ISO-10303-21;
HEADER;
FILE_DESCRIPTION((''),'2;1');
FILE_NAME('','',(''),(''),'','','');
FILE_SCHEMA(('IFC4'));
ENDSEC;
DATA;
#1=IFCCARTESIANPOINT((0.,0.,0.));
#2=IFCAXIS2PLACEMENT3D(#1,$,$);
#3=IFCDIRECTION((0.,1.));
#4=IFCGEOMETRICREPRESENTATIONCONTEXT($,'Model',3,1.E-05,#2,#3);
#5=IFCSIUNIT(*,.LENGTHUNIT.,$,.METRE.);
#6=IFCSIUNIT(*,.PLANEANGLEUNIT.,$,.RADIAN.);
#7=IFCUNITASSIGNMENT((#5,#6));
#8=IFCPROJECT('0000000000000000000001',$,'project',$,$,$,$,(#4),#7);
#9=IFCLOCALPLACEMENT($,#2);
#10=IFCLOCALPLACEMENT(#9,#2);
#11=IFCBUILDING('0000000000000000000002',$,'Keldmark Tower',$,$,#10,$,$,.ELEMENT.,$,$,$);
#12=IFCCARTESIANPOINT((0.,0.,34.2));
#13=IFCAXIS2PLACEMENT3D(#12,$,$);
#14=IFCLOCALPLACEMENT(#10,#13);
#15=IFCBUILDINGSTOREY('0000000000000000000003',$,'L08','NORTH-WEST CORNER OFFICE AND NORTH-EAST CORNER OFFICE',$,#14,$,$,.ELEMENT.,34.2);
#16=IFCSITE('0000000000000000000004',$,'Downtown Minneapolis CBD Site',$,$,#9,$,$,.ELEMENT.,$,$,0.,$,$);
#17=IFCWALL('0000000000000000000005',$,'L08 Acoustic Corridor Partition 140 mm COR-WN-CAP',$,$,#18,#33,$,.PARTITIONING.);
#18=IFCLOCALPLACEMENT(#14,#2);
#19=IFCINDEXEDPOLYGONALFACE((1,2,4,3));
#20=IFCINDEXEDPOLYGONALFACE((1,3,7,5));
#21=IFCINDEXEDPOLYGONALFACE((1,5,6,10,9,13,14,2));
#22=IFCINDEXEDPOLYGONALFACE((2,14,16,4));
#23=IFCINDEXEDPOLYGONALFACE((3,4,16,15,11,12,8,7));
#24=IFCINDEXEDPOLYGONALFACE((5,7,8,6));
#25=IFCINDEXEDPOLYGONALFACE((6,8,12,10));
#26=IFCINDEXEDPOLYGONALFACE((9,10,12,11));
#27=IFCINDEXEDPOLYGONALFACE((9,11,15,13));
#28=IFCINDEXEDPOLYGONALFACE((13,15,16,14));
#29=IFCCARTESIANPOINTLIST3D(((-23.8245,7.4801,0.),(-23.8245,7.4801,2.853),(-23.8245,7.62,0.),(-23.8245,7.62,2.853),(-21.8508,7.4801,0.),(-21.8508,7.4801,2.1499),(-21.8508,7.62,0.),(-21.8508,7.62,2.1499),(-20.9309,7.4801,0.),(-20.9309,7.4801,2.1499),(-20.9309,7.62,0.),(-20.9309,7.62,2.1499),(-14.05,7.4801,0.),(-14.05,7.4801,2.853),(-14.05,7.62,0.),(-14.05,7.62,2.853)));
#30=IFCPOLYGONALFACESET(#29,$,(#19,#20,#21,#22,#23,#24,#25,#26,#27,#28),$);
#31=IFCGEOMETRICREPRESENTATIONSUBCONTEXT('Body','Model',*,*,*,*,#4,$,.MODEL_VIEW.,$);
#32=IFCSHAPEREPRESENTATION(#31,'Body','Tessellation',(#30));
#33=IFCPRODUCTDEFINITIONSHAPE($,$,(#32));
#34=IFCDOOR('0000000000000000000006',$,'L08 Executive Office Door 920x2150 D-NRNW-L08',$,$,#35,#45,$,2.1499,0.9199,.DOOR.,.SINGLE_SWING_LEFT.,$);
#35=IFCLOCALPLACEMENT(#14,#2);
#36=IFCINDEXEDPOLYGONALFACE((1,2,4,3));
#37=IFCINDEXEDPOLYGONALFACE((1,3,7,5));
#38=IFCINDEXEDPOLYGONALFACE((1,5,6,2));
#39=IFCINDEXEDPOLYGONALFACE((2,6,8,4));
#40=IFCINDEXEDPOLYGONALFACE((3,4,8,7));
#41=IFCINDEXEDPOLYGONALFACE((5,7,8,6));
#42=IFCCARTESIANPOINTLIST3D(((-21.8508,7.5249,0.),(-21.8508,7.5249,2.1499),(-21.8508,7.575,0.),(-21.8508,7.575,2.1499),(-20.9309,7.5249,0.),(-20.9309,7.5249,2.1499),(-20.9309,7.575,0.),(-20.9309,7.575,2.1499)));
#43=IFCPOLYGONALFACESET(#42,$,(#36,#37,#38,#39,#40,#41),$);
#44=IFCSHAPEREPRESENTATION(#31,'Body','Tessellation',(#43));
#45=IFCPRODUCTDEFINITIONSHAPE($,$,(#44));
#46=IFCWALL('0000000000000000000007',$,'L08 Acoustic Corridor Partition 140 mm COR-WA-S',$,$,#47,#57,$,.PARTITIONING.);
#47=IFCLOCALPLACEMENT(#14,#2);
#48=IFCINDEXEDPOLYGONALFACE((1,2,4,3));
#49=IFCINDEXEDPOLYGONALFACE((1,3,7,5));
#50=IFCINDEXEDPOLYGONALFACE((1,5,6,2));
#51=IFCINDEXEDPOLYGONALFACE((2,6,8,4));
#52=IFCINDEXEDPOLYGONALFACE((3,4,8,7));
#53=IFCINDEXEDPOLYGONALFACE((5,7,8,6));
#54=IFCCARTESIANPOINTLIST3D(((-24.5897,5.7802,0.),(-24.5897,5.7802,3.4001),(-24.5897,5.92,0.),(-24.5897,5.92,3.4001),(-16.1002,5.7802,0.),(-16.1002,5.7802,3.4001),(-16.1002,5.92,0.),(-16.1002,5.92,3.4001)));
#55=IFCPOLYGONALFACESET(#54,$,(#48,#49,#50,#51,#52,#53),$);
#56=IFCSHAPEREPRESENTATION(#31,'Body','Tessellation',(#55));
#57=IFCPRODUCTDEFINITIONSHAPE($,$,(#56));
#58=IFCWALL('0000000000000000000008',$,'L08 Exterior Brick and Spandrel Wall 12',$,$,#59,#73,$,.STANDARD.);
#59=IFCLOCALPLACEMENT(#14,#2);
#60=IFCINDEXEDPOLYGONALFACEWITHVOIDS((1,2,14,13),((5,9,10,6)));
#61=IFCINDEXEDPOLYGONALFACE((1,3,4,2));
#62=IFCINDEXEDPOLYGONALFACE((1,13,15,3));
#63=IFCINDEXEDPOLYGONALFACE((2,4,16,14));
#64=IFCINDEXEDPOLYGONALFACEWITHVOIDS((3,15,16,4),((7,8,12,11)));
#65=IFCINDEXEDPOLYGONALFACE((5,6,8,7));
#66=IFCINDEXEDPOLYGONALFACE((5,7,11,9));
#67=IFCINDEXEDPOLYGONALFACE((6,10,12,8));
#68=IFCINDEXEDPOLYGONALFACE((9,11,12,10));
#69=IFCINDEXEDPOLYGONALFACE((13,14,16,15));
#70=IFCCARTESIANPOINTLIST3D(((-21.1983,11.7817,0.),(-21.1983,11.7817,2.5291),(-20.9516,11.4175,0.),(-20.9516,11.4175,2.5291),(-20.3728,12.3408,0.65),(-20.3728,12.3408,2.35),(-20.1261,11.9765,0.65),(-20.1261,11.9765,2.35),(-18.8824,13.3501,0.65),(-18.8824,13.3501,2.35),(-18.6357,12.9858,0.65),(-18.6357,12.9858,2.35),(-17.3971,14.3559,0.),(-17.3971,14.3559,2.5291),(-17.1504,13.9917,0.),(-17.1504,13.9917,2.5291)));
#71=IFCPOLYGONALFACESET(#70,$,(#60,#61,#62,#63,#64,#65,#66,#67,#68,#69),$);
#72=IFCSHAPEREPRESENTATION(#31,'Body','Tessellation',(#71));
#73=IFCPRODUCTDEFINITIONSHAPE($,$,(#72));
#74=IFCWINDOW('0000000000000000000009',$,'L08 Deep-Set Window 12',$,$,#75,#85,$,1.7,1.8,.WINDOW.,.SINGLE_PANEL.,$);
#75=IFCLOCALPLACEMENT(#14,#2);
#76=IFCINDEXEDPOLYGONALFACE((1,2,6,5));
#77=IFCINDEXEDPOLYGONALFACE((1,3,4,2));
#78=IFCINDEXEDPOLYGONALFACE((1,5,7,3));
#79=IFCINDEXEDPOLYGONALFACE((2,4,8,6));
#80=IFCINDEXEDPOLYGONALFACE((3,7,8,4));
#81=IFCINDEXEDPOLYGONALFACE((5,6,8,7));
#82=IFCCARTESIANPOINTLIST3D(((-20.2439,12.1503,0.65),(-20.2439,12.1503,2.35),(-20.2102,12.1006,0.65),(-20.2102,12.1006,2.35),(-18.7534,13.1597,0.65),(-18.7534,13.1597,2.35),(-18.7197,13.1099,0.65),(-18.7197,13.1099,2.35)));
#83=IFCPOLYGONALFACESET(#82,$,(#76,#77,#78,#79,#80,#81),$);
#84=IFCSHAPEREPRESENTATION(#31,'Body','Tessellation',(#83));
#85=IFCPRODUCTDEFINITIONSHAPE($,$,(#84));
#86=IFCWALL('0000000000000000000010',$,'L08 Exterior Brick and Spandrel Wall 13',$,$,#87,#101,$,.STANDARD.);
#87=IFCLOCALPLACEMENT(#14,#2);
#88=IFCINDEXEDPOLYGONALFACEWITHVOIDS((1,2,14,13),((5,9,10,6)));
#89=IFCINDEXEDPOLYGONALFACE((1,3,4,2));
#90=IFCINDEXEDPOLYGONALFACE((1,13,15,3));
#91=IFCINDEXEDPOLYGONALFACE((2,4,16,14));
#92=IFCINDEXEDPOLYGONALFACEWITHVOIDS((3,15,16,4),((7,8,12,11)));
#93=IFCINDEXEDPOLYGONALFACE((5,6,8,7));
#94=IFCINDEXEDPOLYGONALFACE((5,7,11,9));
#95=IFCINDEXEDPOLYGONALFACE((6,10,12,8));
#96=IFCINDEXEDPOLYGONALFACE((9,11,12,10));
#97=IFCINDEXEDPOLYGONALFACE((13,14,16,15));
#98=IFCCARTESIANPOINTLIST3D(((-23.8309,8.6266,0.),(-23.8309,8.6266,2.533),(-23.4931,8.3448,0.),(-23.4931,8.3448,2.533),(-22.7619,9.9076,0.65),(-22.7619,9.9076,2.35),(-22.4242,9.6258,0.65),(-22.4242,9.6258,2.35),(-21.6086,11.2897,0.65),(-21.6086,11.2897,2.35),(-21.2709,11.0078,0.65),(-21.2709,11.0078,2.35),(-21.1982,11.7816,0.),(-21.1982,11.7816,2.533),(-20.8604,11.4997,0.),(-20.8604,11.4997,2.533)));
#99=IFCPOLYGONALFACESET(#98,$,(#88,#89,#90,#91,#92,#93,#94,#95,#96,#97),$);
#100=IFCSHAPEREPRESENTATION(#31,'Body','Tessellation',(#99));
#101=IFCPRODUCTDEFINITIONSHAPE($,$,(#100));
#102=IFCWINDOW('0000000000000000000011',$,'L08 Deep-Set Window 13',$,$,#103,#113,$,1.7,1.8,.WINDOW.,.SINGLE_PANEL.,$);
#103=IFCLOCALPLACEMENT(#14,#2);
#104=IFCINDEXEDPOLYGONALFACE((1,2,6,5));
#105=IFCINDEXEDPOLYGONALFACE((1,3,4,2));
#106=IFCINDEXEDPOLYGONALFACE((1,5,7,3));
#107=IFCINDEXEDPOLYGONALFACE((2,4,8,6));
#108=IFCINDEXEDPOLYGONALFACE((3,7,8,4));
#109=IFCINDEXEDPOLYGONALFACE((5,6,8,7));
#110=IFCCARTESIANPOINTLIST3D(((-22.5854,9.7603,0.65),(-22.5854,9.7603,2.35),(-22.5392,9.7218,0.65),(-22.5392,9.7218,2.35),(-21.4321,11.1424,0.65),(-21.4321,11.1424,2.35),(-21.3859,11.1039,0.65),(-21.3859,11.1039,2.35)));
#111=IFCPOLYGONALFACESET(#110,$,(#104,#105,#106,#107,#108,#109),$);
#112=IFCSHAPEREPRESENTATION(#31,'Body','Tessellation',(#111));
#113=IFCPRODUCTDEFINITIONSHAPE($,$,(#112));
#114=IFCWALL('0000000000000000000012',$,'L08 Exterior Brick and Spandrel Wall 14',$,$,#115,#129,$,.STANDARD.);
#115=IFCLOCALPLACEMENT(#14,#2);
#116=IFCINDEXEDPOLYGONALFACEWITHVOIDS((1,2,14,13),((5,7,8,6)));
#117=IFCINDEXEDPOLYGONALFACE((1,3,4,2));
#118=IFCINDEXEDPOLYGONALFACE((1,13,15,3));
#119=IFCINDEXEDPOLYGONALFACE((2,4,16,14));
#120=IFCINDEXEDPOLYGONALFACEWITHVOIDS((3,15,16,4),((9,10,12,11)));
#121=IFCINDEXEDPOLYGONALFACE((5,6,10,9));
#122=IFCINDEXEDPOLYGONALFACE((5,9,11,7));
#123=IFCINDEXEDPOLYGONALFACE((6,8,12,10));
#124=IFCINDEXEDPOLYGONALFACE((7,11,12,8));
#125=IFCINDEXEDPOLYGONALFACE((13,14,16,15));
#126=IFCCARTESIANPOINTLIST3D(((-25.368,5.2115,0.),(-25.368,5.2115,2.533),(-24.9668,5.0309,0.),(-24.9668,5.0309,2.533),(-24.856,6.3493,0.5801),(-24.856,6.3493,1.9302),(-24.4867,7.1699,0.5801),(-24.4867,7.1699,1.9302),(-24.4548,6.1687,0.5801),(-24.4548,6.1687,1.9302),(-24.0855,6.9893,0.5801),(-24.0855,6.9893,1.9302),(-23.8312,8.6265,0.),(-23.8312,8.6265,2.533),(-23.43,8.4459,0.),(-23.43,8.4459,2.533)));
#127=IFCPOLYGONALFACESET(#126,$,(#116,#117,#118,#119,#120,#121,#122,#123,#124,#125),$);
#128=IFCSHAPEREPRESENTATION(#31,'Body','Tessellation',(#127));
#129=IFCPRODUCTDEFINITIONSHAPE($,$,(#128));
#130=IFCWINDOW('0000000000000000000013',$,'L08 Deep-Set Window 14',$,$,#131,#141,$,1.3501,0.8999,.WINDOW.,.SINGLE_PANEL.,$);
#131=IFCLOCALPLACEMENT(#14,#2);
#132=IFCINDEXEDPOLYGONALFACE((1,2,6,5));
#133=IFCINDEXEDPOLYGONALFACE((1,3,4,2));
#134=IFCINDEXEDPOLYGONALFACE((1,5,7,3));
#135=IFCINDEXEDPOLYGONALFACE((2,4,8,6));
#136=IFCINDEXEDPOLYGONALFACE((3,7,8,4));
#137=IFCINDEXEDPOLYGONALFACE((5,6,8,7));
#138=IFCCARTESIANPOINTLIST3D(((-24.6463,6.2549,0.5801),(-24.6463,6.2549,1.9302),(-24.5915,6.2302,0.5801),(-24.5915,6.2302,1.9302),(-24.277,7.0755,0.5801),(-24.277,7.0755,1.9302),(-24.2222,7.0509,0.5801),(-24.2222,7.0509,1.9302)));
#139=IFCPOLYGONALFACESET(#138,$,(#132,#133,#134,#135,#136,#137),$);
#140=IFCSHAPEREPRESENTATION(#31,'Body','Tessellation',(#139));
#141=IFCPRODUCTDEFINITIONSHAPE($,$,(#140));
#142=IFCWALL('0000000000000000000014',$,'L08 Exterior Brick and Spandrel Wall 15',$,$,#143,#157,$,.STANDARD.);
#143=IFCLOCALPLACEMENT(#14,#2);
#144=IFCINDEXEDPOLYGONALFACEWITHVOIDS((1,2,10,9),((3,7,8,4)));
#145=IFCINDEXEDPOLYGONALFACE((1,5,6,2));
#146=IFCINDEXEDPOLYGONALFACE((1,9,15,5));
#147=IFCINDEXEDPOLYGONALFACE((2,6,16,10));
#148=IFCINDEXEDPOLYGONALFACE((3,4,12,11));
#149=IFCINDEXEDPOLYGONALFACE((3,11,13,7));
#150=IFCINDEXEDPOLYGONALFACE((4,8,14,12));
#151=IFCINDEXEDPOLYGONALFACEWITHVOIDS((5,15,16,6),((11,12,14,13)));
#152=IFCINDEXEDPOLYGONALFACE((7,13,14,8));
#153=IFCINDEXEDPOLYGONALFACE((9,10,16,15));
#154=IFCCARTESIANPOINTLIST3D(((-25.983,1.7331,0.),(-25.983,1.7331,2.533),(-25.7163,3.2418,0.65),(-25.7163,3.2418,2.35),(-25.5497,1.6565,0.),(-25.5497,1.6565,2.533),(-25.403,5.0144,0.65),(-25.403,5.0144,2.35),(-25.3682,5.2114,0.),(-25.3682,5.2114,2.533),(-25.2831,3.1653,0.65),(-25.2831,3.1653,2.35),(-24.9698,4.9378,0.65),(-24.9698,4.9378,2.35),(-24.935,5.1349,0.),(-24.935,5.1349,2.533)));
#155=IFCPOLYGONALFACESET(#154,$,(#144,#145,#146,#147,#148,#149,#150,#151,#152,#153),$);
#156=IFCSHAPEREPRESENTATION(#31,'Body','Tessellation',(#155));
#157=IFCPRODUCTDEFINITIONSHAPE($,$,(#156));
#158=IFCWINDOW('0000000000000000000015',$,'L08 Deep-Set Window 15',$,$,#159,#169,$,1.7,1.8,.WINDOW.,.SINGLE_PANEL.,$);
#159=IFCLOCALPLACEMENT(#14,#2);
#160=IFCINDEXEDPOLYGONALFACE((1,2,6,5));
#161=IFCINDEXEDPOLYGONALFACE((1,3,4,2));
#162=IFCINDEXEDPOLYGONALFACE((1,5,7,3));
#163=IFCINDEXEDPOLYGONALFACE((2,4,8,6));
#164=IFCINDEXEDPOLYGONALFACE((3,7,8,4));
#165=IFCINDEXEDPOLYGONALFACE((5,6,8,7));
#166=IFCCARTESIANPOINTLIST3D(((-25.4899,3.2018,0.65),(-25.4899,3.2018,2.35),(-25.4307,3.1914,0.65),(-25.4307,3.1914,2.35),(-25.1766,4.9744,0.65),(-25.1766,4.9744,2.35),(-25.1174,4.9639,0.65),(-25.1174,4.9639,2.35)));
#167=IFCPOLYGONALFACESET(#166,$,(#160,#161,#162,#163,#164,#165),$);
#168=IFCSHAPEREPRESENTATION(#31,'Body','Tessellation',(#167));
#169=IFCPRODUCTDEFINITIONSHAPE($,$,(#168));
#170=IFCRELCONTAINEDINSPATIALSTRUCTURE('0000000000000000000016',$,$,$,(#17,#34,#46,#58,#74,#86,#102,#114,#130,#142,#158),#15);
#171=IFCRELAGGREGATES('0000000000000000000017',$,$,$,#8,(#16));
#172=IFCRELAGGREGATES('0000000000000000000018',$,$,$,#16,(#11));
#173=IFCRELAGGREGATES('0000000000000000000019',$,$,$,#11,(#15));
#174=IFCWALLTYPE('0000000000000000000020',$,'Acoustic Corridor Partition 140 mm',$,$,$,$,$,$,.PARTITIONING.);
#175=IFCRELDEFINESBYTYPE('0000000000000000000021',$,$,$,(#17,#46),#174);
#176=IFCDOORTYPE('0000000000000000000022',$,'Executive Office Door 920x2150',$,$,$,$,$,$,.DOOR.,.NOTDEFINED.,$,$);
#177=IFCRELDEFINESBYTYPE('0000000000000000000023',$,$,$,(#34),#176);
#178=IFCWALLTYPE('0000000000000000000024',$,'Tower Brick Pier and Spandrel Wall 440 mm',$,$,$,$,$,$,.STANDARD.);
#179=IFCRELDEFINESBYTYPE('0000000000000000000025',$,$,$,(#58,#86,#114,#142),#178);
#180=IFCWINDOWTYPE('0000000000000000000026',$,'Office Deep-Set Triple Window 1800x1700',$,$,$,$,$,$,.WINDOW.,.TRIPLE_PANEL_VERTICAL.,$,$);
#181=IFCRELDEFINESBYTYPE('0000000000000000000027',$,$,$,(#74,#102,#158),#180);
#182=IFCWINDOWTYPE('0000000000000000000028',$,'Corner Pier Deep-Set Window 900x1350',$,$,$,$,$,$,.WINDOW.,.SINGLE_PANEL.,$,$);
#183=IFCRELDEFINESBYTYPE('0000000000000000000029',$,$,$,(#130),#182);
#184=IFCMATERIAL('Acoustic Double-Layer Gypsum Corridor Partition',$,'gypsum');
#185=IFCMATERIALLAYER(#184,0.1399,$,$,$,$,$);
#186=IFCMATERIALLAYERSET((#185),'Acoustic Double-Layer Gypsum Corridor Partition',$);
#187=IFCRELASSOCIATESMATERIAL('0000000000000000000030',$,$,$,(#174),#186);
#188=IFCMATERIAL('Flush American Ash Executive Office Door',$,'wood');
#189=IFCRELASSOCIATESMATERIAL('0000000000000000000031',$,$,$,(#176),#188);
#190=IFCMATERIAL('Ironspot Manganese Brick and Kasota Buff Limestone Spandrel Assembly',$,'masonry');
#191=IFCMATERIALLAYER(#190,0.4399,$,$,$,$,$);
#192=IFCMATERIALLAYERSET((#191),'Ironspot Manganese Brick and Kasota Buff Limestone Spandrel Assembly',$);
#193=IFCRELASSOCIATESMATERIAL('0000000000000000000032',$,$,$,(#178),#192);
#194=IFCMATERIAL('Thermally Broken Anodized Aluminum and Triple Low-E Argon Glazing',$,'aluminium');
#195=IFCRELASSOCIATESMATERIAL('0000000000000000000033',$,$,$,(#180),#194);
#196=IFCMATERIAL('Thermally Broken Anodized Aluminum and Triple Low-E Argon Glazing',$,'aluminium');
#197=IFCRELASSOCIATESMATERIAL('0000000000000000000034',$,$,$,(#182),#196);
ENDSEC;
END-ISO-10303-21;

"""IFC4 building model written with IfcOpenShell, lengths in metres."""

from ifc_helpers import new_model, si_unit, direction, frame, frame_2d, origin, place, context, subcontext, project, spatial, rectangle, extrude, material, layer, layer_set, type_object, element, fill, save


model = new_model("IFC4")

# Units and contexts
model_context = context("Model", 3, precision=1e-05, world=origin(), true_north=direction((0.0, 1.0)))
body_context = subcontext(model_context, "Body", "Model", "MODEL_VIEW")
ifc_project = project(units=[si_unit("LENGTHUNIT", "METRE"), si_unit("PLANEANGLEUNIT", "RADIAN")], contexts=[model_context])

# Site, building, storey
site_placement = place(None, origin())
site = spatial("IfcSite", under=ifc_project, at=site_placement, Name="Downtown Minneapolis CBD Site", CompositionType="ELEMENT", RefElevation=0.0)
building_placement = place(site_placement, origin())
building = spatial("IfcBuilding", under=site, at=building_placement, Name="Keldmark Tower", CompositionType="ELEMENT")
storey_placement = place(building_placement, frame((0.0, 0.0, 34.2)))
storey = spatial("IfcBuildingStorey", under=building, at=storey_placement, Name="L08", Description="NORTH-WEST CORNER OFFICE AND NORTH-EAST CORNER OFFICE", CompositionType="ELEMENT", Elevation=34.2)

# Wall, opening, door
ifc_material_1 = material(Name="Acoustic Double-Layer Gypsum Corridor Partition", Category="gypsum")
ifc_layer_1 = layer(ifc_material_1, 0.1399)
ifc_layer_set_1 = layer_set([ifc_layer_1], Name="Acoustic Double-Layer Gypsum Corridor Partition")
wall_type_1 = type_object("IfcWallType", Name="Acoustic Corridor Partition 140 mm", PredefinedType="PARTITIONING", material=ifc_layer_set_1)
wall_1_placement = place(storey_placement, frame((-23.8245, 7.55, 0.0), z_axis=(0.0, 0.0, 1.0), x_axis=(1.0, 0.0, 0.0)))
wall_1 = element("IfcWall", 1, at=wall_1_placement, inside=storey, type_object=wall_type_1, Name="L08 Acoustic Corridor Partition 140 mm COR-WN-CAP", PredefinedType="PARTITIONING", context=body_context, shape_type="SweptSolid", body=[
    extrude(rectangle(XDim=9.7744, YDim=0.1399, at=frame_2d((4.8872, 0.0))), origin(), (0.0, 0.0, 1.0), 2.853),
])
opening_1_placement = place(wall_1_placement, frame((1.9736, 0.0, 0.0)))
opening_1 = element("IfcOpeningElement", 2, at=opening_1_placement, cuts=wall_1, PredefinedType="OPENING", context=body_context, shape_type="SweptSolid", body=[
    extrude(rectangle(XDim=0.9199, YDim=2.1499, at=frame_2d((0.46, 1.075))), frame((0.0, 0.0798, 0.0), z_axis=(0.0, -1.0, 0.0), x_axis=(1.0, 0.0, 0.0)), (0.0, 0.0, 1.0), 0.1599),
])
ifc_material_2 = material(Name="Flush American Ash Executive Office Door", Category="wood")
door_type = type_object("IfcDoorType", Name="Executive Office Door 920x2150", OperationType="NOTDEFINED", PredefinedType="DOOR", material=ifc_material_2)
door_placement = place(opening_1_placement, origin())
door = element("IfcDoor", 3, at=door_placement, inside=storey, type_object=door_type, Name="L08 Executive Office Door 920x2150 D-NRNW-L08", OperationType="SINGLE_SWING_LEFT", OverallHeight=2.1499, OverallWidth=0.9199, PredefinedType="DOOR", context=body_context, shape_type="SweptSolid", body=[
    extrude(rectangle(XDim=0.9199, YDim=2.1499, at=frame_2d((0.46, 1.075))), frame((0.0, 0.0249, 0.0), z_axis=(0.0, -1.0, 0.0), x_axis=(1.0, 0.0, 0.0)), (0.0, 0.0, 1.0), 0.05),
])
fill(opening_1, door)

# Wall
wall_2_placement = place(storey_placement, frame((-24.5896, 5.8501, 0.0), z_axis=(0.0, 0.0, 1.0), x_axis=(1.0, 0.0, 0.0)))
element("IfcWall", 4, at=wall_2_placement, inside=storey, type_object=wall_type_1, Name="L08 Acoustic Corridor Partition 140 mm COR-WA-S", PredefinedType="PARTITIONING", context=body_context, shape_type="SweptSolid", body=[
    extrude(rectangle(XDim=8.4895, YDim=0.1399, at=frame_2d((4.2446, 0.0))), origin(), (0.0, 0.0, 1.0), 3.4001),
])

# Walls, openings, windows
ifc_material_3 = material(Name="Ironspot Manganese Brick and Kasota Buff Limestone Spandrel Assembly", Category="masonry")
ifc_layer_2 = layer(ifc_material_3, 0.4399)
ifc_layer_set_2 = layer_set([ifc_layer_2], Name="Ironspot Manganese Brick and Kasota Buff Limestone Spandrel Assembly")
wall_type_2 = type_object("IfcWallType", Name="Tower Brick Pier and Spandrel Wall 440 mm", PredefinedType="STANDARD", material=ifc_layer_set_2)
wall_3_placement = place(storey_placement, frame((-21.075, 11.5996, 0.0), z_axis=(0.0, 0.0, 1.0), x_axis=(0.828003, 0.560723, 0.0)))
wall_3 = element("IfcWall", 5, at=wall_3_placement, inside=storey, type_object=wall_type_2, Name="L08 Exterior Brick and Spandrel Wall 12", PredefinedType="STANDARD", context=body_context, shape_type="SweptSolid", body=[
    extrude(rectangle(XDim=4.5908, YDim=0.4399, at=frame_2d((2.2954, 0.0))), origin(), (0.0, 0.0, 1.0), 2.5291),
])
opening_2_placement = place(wall_3_placement, frame((0.9971, 0.0, 0.6499)))
opening_2 = element("IfcOpeningElement", 6, at=opening_2_placement, cuts=wall_3, PredefinedType="OPENING", context=body_context, shape_type="SweptSolid", body=[
    extrude(rectangle(XDim=1.8, YDim=1.7, at=frame_2d((0.8999, 0.8501))), frame((0.0, 0.23, 0.0), z_axis=(0.0, -1.0, 0.0), x_axis=(1.0, 0.0, 0.0)), (0.0, 0.0, 1.0), 0.46),
])
ifc_material_4 = material(Name="Thermally Broken Anodized Aluminum and Triple Low-E Argon Glazing", Category="aluminium")
window_type_1 = type_object("IfcWindowType", Name="Office Deep-Set Triple Window 1800x1700", PartitioningType="TRIPLE_PANEL_VERTICAL", PredefinedType="WINDOW", material=ifc_material_4)
window_1_placement = place(opening_2_placement, origin())
window_1 = element("IfcWindow", 7, at=window_1_placement, inside=storey, type_object=window_type_1, Name="L08 Deep-Set Window 12", OverallHeight=1.7, OverallWidth=1.8, PartitioningType="SINGLE_PANEL", PredefinedType="WINDOW", context=body_context, shape_type="SweptSolid", body=[
    extrude(rectangle(XDim=1.8, YDim=1.7, at=frame_2d((0.8999, 0.8501))), frame((0.0, -0.01, 0.0), z_axis=(0.0, -1.0, 0.0), x_axis=(1.0, 0.0, 0.0)), (0.0, 0.0, 1.0), 0.0601),
])
fill(opening_2, window_1)
wall_4_placement = place(storey_placement, frame((-23.6621, 8.4856, 0.0), z_axis=(0.0, 0.0, 1.0), x_axis=(0.640704, 0.767788, 0.0)))
wall_4 = element("IfcWall", 8, at=wall_4_placement, inside=storey, type_object=wall_type_2, Name="L08 Exterior Brick and Spandrel Wall 13", PredefinedType="STANDARD", context=body_context, shape_type="SweptSolid", body=[
    extrude(rectangle(XDim=4.1091, YDim=0.4399, at=frame_2d((2.0547, 0.0))), origin(), (0.0, 0.0, 1.0), 2.533),
])
opening_3_placement = place(wall_4_placement, frame((1.6687, 0.0, 0.6499)))
opening_3 = element("IfcOpeningElement", 9, at=opening_3_placement, cuts=wall_4, PredefinedType="OPENING", context=body_context, shape_type="SweptSolid", body=[
    extrude(rectangle(XDim=1.8, YDim=1.7, at=frame_2d((0.8999, 0.8501))), frame((0.0, 0.23, 0.0), z_axis=(0.0, -1.0, 0.0), x_axis=(1.0, 0.0, 0.0)), (0.0, 0.0, 1.0), 0.46),
])
window_2_placement = place(opening_3_placement, origin())
window_2 = element("IfcWindow", 10, at=window_2_placement, inside=storey, type_object=window_type_1, Name="L08 Deep-Set Window 13", OverallHeight=1.7, OverallWidth=1.8, PartitioningType="SINGLE_PANEL", PredefinedType="WINDOW", context=body_context, shape_type="SweptSolid", body=[
    extrude(rectangle(XDim=1.8, YDim=1.7, at=frame_2d((0.8999, 0.8501))), frame((0.0, -0.01, 0.0), z_axis=(0.0, -1.0, 0.0), x_axis=(1.0, 0.0, 0.0)), (0.0, 0.0, 1.0), 0.0601),
])
fill(opening_3, window_2)
wall_5_placement = place(storey_placement, frame((-25.1675, 5.1211, 0.0), z_axis=(0.0, 0.0, 1.0), x_axis=(0.410386, 0.911912, 0.0)))
wall_5 = element("IfcWall", 11, at=wall_5_placement, inside=storey, type_object=wall_type_2, Name="L08 Exterior Brick and Spandrel Wall 14", PredefinedType="STANDARD", context=body_context, shape_type="SweptSolid", body=[
    extrude(rectangle(XDim=3.7449, YDim=0.4399, at=frame_2d((1.8726, 0.0))), origin(), (0.0, 0.0, 1.0), 2.533),
])
opening_4_placement = place(wall_5_placement, frame((1.2478, 0.0, 0.5801)))
opening_4 = element("IfcOpeningElement", 12, at=opening_4_placement, cuts=wall_5, PredefinedType="OPENING", context=body_context, shape_type="SweptSolid", body=[
    extrude(rectangle(XDim=0.8999, YDim=1.3501, at=frame_2d((0.45, 0.675))), frame((0.0, 0.23, 0.0), z_axis=(0.0, -1.0, 0.0), x_axis=(1.0, 0.0, 0.0)), (0.0, 0.0, 1.0), 0.46),
])
ifc_material_5 = material(Name="Thermally Broken Anodized Aluminum and Triple Low-E Argon Glazing", Category="aluminium")
window_type_2 = type_object("IfcWindowType", Name="Corner Pier Deep-Set Window 900x1350", PartitioningType="SINGLE_PANEL", PredefinedType="WINDOW", material=ifc_material_5)
window_3_placement = place(opening_4_placement, origin())
window_3 = element("IfcWindow", 13, at=window_3_placement, inside=storey, type_object=window_type_2, Name="L08 Deep-Set Window 14", OverallHeight=1.3501, OverallWidth=0.8999, PartitioningType="SINGLE_PANEL", PredefinedType="WINDOW", context=body_context, shape_type="SweptSolid", body=[
    extrude(rectangle(XDim=0.8999, YDim=1.3501, at=frame_2d((0.45, 0.675))), frame((0.0, -0.01, 0.0), z_axis=(0.0, -1.0, 0.0), x_axis=(1.0, 0.0, 0.0)), (0.0, 0.0, 1.0), 0.0601),
])
fill(opening_4, window_3)
wall_6_placement = place(storey_placement, frame((-25.7664, 1.6948, 0.0), z_axis=(0.0, 0.0, 1.0), x_axis=(0.174042, 0.984738, 0.0)))
wall_6 = element("IfcWall", 14, at=wall_6_placement, inside=storey, type_object=wall_type_2, Name="L08 Exterior Brick and Spandrel Wall 15", PredefinedType="STANDARD", context=body_context, shape_type="SweptSolid", body=[
    extrude(rectangle(XDim=3.5322, YDim=0.4399, at=frame_2d((1.7661, 0.0))), origin(), (0.0, 0.0, 1.0), 2.533),
])
opening_5_placement = place(wall_6_placement, frame((1.5322, 0.0, 0.6499)))
opening_5 = element("IfcOpeningElement", 15, at=opening_5_placement, cuts=wall_6, PredefinedType="OPENING", context=body_context, shape_type="SweptSolid", body=[
    extrude(rectangle(XDim=1.8, YDim=1.7, at=frame_2d((0.8999, 0.8501))), frame((0.0, 0.23, 0.0), z_axis=(0.0, -1.0, 0.0), x_axis=(1.0, 0.0, 0.0)), (0.0, 0.0, 1.0), 0.46),
])
window_4_placement = place(opening_5_placement, origin())
window_4 = element("IfcWindow", 16, at=window_4_placement, inside=storey, type_object=window_type_1, Name="L08 Deep-Set Window 15", OverallHeight=1.7, OverallWidth=1.8, PartitioningType="SINGLE_PANEL", PredefinedType="WINDOW", context=body_context, shape_type="SweptSolid", body=[
    extrude(rectangle(XDim=1.8, YDim=1.7, at=frame_2d((0.8999, 0.8501))), frame((0.0, -0.01, 0.0), z_axis=(0.0, -1.0, 0.0), x_axis=(1.0, 0.0, 0.0)), (0.0, 0.0, 1.0), 0.0601),
])
fill(opening_5, window_4)

save(model, "model.ifc")
